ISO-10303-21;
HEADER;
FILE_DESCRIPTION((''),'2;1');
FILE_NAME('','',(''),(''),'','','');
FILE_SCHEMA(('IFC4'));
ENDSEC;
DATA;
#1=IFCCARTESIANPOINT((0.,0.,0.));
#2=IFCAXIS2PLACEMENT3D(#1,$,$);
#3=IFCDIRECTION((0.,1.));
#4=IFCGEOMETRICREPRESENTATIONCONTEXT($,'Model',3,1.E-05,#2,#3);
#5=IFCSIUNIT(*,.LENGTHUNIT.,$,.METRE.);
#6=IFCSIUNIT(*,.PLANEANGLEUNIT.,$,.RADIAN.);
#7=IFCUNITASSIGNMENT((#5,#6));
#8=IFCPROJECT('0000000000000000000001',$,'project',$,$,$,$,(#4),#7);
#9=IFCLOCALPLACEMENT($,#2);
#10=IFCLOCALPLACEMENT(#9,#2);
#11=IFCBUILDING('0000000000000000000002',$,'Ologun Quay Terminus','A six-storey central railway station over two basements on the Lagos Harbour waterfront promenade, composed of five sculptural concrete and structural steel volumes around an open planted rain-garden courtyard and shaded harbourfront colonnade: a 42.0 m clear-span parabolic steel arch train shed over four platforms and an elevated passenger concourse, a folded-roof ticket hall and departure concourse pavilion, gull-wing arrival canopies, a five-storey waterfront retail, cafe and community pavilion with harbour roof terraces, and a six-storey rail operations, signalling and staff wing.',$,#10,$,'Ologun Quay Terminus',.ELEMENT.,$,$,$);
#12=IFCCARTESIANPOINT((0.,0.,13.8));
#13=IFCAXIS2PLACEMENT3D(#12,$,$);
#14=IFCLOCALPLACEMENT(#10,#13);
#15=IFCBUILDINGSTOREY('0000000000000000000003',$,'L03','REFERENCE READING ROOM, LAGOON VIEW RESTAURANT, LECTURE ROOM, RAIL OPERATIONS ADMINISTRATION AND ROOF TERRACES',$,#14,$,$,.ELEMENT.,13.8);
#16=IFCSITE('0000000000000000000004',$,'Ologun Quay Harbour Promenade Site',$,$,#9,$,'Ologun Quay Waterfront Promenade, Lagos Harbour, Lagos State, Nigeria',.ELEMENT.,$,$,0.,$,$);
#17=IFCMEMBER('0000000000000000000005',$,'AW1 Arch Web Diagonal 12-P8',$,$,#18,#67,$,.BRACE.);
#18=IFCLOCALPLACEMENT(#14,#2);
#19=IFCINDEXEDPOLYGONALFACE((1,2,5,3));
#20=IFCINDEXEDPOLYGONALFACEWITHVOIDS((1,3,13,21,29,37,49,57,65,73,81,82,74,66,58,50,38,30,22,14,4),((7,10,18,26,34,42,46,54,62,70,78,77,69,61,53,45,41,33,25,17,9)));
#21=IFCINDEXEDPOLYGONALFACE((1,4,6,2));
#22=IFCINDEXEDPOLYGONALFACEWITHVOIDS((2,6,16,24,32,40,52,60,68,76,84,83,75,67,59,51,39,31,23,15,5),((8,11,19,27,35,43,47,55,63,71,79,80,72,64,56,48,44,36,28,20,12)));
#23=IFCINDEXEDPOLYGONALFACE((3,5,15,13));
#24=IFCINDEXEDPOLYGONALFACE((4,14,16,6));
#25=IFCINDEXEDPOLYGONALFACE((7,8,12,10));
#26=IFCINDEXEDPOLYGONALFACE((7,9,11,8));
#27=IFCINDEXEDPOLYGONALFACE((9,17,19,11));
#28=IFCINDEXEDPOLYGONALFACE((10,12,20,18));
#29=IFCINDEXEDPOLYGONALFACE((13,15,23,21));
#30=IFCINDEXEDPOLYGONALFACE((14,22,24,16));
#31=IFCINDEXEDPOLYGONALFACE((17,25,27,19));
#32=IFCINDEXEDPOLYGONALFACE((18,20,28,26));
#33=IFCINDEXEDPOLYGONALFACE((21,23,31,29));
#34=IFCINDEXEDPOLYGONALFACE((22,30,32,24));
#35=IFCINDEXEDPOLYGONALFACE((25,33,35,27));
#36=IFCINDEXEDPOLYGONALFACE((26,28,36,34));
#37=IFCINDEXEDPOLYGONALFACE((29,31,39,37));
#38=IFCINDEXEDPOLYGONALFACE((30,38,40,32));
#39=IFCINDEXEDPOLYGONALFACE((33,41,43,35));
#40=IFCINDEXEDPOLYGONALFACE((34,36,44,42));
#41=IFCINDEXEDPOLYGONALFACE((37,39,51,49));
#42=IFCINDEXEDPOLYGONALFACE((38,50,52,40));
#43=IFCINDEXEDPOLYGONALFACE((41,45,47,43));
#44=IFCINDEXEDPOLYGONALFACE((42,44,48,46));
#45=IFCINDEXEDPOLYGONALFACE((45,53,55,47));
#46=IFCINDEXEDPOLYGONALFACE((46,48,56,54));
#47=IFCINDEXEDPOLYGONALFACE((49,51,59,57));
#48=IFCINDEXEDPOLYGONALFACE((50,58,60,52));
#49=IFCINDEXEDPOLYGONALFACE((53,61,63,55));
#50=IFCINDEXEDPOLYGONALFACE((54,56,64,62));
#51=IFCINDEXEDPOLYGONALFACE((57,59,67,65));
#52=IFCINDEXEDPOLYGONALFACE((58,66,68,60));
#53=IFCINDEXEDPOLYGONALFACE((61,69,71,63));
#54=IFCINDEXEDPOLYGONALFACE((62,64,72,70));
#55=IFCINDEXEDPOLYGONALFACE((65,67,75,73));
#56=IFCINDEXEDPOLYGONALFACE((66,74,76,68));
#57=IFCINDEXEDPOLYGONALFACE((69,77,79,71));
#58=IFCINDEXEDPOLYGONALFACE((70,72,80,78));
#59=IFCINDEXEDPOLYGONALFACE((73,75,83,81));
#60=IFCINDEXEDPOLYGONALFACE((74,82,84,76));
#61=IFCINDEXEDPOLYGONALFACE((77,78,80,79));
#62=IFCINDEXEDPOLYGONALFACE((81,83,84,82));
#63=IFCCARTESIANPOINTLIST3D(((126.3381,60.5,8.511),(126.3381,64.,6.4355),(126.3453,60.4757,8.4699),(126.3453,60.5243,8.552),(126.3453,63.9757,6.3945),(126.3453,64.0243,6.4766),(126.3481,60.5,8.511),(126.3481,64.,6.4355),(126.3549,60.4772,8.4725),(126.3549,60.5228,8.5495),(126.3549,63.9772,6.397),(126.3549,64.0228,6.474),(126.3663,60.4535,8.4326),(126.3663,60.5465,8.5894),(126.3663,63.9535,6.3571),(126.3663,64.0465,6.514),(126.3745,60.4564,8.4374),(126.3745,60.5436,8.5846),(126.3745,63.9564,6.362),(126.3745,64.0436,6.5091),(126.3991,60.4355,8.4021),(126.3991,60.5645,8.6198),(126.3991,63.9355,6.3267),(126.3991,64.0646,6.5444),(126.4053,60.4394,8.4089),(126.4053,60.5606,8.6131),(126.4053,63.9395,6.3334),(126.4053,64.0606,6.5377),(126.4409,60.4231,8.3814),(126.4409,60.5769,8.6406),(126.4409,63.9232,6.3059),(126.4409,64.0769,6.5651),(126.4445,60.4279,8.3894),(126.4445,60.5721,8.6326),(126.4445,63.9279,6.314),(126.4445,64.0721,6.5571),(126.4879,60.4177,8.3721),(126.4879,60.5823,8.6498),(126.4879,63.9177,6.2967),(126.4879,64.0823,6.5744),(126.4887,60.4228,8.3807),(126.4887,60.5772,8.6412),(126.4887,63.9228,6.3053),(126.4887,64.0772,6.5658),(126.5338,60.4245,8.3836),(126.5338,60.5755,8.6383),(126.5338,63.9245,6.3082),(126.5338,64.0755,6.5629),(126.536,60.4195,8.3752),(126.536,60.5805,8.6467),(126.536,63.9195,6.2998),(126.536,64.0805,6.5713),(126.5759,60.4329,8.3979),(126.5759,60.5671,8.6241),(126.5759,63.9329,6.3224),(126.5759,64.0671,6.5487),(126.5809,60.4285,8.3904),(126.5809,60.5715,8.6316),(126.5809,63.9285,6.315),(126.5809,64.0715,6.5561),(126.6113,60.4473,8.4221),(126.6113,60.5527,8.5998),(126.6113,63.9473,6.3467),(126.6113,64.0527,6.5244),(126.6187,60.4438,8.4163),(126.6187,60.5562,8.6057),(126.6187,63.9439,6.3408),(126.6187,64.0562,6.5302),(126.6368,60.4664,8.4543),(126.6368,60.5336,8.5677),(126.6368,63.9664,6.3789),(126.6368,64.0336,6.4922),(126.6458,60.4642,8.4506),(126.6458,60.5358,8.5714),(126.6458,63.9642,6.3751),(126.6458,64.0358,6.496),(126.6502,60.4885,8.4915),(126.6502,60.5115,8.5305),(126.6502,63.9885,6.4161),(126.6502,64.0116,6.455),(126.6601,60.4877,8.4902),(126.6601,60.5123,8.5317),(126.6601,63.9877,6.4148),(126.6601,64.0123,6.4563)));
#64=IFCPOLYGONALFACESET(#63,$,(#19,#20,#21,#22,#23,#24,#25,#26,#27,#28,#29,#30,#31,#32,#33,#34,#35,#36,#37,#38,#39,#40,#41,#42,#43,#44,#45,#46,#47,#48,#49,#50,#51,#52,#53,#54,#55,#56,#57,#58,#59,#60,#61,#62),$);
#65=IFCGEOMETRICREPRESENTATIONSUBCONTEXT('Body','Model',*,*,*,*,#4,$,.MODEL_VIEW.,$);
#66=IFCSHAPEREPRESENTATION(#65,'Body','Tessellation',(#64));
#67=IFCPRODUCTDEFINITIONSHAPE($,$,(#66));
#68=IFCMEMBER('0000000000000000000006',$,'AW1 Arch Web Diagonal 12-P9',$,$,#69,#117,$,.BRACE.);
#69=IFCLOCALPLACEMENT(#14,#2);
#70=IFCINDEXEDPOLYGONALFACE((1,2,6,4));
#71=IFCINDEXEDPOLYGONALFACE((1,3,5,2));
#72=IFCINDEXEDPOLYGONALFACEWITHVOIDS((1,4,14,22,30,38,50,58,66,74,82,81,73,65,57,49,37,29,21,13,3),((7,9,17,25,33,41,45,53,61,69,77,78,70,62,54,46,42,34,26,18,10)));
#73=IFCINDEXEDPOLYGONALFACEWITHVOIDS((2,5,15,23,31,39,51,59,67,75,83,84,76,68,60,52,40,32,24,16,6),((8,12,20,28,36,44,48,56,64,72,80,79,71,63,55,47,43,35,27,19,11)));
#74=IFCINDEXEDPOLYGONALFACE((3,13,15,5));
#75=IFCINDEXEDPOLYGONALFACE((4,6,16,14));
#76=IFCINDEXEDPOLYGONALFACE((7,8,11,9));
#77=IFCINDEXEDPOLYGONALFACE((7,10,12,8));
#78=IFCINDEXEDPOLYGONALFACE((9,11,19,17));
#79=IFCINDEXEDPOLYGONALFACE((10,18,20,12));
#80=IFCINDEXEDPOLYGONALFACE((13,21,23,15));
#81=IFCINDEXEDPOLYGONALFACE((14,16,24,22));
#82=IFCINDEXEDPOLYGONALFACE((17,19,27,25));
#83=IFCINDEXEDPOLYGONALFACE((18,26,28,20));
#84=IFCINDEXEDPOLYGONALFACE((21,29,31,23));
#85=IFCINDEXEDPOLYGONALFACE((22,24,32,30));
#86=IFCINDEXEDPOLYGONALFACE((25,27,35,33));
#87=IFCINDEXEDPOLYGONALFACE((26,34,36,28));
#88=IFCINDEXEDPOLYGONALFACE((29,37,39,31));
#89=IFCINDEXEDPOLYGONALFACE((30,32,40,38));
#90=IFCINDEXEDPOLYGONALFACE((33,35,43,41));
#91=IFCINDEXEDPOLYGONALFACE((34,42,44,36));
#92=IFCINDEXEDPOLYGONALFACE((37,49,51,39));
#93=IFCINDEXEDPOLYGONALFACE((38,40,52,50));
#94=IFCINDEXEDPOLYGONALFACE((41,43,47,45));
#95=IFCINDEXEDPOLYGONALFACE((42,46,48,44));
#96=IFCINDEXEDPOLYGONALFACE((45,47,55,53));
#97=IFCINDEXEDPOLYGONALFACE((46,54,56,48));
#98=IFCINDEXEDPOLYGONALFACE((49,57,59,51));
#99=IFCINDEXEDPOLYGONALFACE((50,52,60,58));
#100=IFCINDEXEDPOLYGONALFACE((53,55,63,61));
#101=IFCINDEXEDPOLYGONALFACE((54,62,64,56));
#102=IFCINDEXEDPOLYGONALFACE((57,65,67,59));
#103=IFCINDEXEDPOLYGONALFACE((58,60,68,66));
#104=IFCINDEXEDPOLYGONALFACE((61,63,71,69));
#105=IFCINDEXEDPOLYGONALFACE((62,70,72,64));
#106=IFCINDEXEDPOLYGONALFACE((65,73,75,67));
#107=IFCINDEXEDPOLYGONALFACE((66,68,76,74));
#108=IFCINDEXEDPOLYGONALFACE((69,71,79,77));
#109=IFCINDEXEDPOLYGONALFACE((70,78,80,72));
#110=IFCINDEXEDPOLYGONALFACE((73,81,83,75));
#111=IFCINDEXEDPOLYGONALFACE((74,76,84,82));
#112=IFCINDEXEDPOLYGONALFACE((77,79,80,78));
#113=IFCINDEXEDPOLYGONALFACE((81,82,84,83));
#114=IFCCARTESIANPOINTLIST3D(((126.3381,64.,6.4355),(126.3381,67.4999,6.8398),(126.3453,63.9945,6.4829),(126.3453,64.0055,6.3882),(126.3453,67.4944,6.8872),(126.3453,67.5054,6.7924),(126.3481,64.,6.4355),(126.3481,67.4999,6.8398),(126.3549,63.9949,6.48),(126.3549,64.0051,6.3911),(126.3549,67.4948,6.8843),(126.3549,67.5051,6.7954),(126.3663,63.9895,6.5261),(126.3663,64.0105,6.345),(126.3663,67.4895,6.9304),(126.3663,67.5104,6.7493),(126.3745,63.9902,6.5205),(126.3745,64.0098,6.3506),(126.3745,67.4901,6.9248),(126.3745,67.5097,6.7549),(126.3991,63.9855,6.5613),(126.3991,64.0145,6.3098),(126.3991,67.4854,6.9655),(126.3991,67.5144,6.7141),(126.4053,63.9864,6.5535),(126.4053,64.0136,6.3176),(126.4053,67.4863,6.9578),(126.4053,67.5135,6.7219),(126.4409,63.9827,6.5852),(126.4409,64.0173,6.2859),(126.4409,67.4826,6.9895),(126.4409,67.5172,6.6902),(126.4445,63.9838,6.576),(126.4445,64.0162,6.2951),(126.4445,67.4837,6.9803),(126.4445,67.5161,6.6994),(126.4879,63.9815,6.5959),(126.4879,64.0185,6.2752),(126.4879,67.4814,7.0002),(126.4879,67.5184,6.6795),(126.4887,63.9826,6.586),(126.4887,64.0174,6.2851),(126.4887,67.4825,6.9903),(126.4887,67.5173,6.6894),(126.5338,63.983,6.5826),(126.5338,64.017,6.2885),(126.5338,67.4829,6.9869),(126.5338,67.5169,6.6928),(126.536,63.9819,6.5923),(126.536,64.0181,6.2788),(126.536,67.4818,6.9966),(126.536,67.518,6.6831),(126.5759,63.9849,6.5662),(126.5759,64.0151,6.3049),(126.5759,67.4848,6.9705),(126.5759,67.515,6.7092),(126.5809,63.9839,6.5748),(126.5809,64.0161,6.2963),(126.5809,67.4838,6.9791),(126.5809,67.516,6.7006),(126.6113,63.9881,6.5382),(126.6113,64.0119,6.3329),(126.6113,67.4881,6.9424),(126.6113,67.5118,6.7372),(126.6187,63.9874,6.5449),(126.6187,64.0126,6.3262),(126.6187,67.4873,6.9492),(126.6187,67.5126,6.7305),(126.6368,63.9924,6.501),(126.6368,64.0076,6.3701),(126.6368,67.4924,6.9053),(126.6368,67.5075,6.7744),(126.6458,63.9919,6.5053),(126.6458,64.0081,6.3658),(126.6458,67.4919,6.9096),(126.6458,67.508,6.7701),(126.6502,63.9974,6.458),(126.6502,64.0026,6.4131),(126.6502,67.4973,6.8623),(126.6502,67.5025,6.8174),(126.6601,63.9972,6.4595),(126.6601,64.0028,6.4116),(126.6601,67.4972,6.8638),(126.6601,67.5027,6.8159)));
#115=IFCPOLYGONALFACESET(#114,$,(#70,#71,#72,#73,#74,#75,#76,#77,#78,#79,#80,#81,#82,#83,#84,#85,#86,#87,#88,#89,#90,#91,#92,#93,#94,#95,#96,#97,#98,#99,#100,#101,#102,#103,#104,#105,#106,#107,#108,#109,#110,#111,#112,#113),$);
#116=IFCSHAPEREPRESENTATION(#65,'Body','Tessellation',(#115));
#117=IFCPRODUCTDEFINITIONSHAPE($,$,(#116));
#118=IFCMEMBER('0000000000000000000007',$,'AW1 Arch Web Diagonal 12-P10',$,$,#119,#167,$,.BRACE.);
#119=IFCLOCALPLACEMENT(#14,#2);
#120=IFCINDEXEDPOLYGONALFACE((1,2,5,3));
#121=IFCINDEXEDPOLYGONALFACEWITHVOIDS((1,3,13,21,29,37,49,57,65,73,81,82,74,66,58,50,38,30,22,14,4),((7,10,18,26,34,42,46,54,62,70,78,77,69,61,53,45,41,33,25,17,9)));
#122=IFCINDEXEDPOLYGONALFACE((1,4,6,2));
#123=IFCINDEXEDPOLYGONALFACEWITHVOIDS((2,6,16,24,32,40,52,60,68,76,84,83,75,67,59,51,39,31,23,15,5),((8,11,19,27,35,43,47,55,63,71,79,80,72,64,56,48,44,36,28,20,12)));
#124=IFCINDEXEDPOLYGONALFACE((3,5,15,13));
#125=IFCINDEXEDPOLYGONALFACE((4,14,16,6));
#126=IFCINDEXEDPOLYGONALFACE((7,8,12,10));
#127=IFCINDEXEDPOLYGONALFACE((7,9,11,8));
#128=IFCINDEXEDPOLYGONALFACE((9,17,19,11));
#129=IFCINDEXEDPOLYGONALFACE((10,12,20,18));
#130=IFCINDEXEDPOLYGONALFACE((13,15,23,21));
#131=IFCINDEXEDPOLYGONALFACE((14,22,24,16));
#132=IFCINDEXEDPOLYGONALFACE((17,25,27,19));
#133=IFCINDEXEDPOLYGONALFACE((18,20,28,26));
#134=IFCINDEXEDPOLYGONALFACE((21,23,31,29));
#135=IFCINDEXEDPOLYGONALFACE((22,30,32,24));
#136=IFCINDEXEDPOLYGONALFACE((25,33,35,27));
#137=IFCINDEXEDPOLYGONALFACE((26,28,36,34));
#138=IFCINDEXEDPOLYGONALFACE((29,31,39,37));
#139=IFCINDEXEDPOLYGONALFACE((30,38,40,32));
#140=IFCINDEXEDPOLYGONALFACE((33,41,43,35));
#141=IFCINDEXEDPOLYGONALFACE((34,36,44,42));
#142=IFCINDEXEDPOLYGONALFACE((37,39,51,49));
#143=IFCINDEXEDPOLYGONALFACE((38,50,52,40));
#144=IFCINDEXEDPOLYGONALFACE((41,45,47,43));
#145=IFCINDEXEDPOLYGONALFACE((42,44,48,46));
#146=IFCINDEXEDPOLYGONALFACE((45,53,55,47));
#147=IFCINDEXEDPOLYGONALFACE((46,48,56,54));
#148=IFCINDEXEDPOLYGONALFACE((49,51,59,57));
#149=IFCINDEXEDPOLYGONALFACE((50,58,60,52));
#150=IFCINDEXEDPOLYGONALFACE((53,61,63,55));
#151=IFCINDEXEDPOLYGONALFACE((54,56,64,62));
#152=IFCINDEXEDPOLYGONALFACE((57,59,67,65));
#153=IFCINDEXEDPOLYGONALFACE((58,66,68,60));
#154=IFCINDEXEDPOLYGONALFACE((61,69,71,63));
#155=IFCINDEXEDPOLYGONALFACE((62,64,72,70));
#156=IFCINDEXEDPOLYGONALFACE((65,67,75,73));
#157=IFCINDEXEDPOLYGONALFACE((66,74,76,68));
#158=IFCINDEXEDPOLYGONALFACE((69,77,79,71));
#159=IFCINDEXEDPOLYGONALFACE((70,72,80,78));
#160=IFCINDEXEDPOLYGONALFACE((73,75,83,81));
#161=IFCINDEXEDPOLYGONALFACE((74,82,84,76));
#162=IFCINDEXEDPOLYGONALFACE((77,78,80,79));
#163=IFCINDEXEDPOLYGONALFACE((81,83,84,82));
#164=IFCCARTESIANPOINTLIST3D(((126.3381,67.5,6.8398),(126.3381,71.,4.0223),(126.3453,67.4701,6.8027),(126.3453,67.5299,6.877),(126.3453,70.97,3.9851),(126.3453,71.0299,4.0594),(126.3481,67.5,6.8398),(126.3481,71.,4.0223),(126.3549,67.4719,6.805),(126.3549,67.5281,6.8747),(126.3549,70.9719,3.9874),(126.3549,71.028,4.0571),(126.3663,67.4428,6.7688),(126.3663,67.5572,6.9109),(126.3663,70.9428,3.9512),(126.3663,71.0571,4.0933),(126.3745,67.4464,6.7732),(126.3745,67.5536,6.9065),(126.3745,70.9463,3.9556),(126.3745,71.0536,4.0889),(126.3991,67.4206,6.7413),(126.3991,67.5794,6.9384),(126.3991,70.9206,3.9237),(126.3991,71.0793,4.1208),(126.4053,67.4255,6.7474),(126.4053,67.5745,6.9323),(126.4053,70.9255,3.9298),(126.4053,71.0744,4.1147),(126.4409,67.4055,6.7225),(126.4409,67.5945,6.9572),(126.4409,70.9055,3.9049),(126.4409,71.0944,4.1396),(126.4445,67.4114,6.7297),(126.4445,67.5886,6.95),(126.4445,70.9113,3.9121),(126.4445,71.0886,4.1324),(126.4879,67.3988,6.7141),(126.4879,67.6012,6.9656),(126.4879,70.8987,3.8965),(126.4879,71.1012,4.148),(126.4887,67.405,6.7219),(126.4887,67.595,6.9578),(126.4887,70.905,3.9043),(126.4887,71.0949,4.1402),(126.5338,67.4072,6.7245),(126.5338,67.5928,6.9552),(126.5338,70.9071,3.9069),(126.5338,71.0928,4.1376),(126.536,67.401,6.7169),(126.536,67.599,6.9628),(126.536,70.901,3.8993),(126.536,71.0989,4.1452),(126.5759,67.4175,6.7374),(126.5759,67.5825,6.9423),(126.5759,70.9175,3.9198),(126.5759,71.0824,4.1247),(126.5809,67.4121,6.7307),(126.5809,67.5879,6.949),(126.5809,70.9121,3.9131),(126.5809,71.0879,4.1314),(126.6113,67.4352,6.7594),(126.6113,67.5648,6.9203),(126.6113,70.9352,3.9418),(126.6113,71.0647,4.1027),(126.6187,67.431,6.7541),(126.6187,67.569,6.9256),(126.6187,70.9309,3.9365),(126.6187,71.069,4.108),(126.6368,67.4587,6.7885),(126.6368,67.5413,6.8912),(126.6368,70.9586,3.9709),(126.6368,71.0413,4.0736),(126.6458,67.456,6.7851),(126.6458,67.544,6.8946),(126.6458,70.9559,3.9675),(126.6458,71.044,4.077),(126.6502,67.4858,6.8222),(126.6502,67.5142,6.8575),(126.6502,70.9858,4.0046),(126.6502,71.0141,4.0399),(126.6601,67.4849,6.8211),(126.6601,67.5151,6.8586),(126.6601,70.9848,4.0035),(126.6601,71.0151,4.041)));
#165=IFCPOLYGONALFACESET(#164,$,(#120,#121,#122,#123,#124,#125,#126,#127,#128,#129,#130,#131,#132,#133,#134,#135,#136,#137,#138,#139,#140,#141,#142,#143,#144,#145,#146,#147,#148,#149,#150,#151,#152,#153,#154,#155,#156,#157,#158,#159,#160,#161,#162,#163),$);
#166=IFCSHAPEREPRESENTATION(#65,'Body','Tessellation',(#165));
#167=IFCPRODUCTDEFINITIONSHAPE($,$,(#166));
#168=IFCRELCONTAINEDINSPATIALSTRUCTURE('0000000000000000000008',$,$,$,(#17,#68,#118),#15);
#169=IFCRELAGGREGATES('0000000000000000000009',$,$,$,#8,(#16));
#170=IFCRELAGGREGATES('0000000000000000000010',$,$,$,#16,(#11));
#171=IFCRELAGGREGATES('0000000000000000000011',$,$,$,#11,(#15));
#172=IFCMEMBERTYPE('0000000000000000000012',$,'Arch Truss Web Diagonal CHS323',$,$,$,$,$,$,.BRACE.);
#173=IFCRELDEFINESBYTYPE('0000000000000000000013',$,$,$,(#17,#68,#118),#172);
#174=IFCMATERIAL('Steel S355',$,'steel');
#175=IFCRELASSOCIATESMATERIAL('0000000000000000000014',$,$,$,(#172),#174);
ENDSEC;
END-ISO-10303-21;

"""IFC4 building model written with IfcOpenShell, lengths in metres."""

from ifc_helpers import new_model, si_unit, direction, frame, origin, origin_2d, place, context, subcontext, project, spatial, hollow_circle, extrude, material, material_profile, profile_set, type_object, element, save


model = new_model("IFC4")

# Units and contexts
model_context = context("Model", 3, precision=1e-05, world=origin(), true_north=direction((0.0, 1.0)))
body_context = subcontext(model_context, "Body", "Model", "MODEL_VIEW")
ifc_project = project(units=[si_unit("LENGTHUNIT", "METRE"), si_unit("PLANEANGLEUNIT", "RADIAN")], contexts=[model_context])

# Site, building, storey
site_placement = place(None, origin())
site = spatial("IfcSite", under=ifc_project, at=site_placement, Name="Ologun Quay Harbour Promenade Site", LongName="Ologun Quay Waterfront Promenade, Lagos Harbour, Lagos State, Nigeria", CompositionType="ELEMENT", RefElevation=0.0)
building_placement = place(site_placement, origin())
building = spatial("IfcBuilding", under=site, at=building_placement, Name="Ologun Quay Terminus", Description="A six-storey central railway station over two basements on the Lagos Harbour waterfront promenade, composed of five sculptural concrete and structural steel volumes around an open planted rain-garden courtyard and shaded harbourfront colonnade: a 42.0 m clear-span parabolic steel arch train shed over four platforms and an elevated passenger concourse, a folded-roof ticket hall and departure concourse pavilion, gull-wing arrival canopies, a five-storey waterfront retail, cafe and community pavilion with harbour roof terraces, and a six-storey rail operations, signalling and staff wing.", LongName="Ologun Quay Terminus", CompositionType="ELEMENT")
storey_placement = place(building_placement, frame((0.0, 0.0, 13.8)))
storey = spatial("IfcBuildingStorey", under=building, at=storey_placement, Name="L03", Description="REFERENCE READING ROOM, LAGOON VIEW RESTAURANT, LECTURE ROOM, RAIL OPERATIONS ADMINISTRATION AND ROOF TERRACES", CompositionType="ELEMENT", Elevation=13.8)

# Members
ifc_material_1 = material(Name="Steel S355", Category="steel")
ifc_material_profile_1 = material_profile(ifc_material_1, hollow_circle(Radius=0.1619, WallThickness=0.01, at=origin_2d()), Name="CHS 323.9x10")
ifc_profile_set_1 = profile_set([ifc_material_profile_1], Name="Steel S355")
member_type_1 = type_object("IfcMemberType", Name="Arch Truss Web Diagonal CHS323", PredefinedType="BRACE", material=ifc_profile_set_1)
member_1_placement = place(storey_placement, frame((126.5, 60.5, 8.511), z_axis=(0.0, 0.860144, -0.510051), x_axis=(-1.0, 0.0, 0.0)))
element("IfcMember", 1, at=member_1_placement, inside=storey, type_object=member_type_1, Name="AW1 Arch Web Diagonal 12-P8", PredefinedType="BRACE", context=body_context, shape_type="SweptSolid", body=[
    extrude(hollow_circle(Radius=0.1619, WallThickness=0.01, at=origin_2d()), origin(), (0.0, 0.0, 1.0), 4.0691),
])
member_2_placement = place(storey_placement, frame((126.5, 64.0, 6.4355), z_axis=(0.0, 0.993394, 0.11475), x_axis=(-1.0, 0.0, 0.0)))
element("IfcMember", 2, at=member_2_placement, inside=storey, type_object=member_type_1, Name="AW1 Arch Web Diagonal 12-P9", PredefinedType="BRACE", context=body_context, shape_type="SweptSolid", body=[
    extrude(hollow_circle(Radius=0.1619, WallThickness=0.01, at=origin_2d()), origin(), (0.0, 0.0, 1.0), 3.5232),
])
member_3_placement = place(storey_placement, frame((126.5, 67.5, 6.8398), z_axis=(0.0, 0.778951, -0.627084), x_axis=(-1.0, 0.0, 0.0)))
element("IfcMember", 3, at=member_3_placement, inside=storey, type_object=member_type_1, Name="AW1 Arch Web Diagonal 12-P10", PredefinedType="BRACE", context=body_context, shape_type="SweptSolid", body=[
    extrude(hollow_circle(Radius=0.1619, WallThickness=0.01, at=origin_2d()), origin(), (0.0, 0.0, 1.0), 4.4932),
])

save(model, "model.ifc")
